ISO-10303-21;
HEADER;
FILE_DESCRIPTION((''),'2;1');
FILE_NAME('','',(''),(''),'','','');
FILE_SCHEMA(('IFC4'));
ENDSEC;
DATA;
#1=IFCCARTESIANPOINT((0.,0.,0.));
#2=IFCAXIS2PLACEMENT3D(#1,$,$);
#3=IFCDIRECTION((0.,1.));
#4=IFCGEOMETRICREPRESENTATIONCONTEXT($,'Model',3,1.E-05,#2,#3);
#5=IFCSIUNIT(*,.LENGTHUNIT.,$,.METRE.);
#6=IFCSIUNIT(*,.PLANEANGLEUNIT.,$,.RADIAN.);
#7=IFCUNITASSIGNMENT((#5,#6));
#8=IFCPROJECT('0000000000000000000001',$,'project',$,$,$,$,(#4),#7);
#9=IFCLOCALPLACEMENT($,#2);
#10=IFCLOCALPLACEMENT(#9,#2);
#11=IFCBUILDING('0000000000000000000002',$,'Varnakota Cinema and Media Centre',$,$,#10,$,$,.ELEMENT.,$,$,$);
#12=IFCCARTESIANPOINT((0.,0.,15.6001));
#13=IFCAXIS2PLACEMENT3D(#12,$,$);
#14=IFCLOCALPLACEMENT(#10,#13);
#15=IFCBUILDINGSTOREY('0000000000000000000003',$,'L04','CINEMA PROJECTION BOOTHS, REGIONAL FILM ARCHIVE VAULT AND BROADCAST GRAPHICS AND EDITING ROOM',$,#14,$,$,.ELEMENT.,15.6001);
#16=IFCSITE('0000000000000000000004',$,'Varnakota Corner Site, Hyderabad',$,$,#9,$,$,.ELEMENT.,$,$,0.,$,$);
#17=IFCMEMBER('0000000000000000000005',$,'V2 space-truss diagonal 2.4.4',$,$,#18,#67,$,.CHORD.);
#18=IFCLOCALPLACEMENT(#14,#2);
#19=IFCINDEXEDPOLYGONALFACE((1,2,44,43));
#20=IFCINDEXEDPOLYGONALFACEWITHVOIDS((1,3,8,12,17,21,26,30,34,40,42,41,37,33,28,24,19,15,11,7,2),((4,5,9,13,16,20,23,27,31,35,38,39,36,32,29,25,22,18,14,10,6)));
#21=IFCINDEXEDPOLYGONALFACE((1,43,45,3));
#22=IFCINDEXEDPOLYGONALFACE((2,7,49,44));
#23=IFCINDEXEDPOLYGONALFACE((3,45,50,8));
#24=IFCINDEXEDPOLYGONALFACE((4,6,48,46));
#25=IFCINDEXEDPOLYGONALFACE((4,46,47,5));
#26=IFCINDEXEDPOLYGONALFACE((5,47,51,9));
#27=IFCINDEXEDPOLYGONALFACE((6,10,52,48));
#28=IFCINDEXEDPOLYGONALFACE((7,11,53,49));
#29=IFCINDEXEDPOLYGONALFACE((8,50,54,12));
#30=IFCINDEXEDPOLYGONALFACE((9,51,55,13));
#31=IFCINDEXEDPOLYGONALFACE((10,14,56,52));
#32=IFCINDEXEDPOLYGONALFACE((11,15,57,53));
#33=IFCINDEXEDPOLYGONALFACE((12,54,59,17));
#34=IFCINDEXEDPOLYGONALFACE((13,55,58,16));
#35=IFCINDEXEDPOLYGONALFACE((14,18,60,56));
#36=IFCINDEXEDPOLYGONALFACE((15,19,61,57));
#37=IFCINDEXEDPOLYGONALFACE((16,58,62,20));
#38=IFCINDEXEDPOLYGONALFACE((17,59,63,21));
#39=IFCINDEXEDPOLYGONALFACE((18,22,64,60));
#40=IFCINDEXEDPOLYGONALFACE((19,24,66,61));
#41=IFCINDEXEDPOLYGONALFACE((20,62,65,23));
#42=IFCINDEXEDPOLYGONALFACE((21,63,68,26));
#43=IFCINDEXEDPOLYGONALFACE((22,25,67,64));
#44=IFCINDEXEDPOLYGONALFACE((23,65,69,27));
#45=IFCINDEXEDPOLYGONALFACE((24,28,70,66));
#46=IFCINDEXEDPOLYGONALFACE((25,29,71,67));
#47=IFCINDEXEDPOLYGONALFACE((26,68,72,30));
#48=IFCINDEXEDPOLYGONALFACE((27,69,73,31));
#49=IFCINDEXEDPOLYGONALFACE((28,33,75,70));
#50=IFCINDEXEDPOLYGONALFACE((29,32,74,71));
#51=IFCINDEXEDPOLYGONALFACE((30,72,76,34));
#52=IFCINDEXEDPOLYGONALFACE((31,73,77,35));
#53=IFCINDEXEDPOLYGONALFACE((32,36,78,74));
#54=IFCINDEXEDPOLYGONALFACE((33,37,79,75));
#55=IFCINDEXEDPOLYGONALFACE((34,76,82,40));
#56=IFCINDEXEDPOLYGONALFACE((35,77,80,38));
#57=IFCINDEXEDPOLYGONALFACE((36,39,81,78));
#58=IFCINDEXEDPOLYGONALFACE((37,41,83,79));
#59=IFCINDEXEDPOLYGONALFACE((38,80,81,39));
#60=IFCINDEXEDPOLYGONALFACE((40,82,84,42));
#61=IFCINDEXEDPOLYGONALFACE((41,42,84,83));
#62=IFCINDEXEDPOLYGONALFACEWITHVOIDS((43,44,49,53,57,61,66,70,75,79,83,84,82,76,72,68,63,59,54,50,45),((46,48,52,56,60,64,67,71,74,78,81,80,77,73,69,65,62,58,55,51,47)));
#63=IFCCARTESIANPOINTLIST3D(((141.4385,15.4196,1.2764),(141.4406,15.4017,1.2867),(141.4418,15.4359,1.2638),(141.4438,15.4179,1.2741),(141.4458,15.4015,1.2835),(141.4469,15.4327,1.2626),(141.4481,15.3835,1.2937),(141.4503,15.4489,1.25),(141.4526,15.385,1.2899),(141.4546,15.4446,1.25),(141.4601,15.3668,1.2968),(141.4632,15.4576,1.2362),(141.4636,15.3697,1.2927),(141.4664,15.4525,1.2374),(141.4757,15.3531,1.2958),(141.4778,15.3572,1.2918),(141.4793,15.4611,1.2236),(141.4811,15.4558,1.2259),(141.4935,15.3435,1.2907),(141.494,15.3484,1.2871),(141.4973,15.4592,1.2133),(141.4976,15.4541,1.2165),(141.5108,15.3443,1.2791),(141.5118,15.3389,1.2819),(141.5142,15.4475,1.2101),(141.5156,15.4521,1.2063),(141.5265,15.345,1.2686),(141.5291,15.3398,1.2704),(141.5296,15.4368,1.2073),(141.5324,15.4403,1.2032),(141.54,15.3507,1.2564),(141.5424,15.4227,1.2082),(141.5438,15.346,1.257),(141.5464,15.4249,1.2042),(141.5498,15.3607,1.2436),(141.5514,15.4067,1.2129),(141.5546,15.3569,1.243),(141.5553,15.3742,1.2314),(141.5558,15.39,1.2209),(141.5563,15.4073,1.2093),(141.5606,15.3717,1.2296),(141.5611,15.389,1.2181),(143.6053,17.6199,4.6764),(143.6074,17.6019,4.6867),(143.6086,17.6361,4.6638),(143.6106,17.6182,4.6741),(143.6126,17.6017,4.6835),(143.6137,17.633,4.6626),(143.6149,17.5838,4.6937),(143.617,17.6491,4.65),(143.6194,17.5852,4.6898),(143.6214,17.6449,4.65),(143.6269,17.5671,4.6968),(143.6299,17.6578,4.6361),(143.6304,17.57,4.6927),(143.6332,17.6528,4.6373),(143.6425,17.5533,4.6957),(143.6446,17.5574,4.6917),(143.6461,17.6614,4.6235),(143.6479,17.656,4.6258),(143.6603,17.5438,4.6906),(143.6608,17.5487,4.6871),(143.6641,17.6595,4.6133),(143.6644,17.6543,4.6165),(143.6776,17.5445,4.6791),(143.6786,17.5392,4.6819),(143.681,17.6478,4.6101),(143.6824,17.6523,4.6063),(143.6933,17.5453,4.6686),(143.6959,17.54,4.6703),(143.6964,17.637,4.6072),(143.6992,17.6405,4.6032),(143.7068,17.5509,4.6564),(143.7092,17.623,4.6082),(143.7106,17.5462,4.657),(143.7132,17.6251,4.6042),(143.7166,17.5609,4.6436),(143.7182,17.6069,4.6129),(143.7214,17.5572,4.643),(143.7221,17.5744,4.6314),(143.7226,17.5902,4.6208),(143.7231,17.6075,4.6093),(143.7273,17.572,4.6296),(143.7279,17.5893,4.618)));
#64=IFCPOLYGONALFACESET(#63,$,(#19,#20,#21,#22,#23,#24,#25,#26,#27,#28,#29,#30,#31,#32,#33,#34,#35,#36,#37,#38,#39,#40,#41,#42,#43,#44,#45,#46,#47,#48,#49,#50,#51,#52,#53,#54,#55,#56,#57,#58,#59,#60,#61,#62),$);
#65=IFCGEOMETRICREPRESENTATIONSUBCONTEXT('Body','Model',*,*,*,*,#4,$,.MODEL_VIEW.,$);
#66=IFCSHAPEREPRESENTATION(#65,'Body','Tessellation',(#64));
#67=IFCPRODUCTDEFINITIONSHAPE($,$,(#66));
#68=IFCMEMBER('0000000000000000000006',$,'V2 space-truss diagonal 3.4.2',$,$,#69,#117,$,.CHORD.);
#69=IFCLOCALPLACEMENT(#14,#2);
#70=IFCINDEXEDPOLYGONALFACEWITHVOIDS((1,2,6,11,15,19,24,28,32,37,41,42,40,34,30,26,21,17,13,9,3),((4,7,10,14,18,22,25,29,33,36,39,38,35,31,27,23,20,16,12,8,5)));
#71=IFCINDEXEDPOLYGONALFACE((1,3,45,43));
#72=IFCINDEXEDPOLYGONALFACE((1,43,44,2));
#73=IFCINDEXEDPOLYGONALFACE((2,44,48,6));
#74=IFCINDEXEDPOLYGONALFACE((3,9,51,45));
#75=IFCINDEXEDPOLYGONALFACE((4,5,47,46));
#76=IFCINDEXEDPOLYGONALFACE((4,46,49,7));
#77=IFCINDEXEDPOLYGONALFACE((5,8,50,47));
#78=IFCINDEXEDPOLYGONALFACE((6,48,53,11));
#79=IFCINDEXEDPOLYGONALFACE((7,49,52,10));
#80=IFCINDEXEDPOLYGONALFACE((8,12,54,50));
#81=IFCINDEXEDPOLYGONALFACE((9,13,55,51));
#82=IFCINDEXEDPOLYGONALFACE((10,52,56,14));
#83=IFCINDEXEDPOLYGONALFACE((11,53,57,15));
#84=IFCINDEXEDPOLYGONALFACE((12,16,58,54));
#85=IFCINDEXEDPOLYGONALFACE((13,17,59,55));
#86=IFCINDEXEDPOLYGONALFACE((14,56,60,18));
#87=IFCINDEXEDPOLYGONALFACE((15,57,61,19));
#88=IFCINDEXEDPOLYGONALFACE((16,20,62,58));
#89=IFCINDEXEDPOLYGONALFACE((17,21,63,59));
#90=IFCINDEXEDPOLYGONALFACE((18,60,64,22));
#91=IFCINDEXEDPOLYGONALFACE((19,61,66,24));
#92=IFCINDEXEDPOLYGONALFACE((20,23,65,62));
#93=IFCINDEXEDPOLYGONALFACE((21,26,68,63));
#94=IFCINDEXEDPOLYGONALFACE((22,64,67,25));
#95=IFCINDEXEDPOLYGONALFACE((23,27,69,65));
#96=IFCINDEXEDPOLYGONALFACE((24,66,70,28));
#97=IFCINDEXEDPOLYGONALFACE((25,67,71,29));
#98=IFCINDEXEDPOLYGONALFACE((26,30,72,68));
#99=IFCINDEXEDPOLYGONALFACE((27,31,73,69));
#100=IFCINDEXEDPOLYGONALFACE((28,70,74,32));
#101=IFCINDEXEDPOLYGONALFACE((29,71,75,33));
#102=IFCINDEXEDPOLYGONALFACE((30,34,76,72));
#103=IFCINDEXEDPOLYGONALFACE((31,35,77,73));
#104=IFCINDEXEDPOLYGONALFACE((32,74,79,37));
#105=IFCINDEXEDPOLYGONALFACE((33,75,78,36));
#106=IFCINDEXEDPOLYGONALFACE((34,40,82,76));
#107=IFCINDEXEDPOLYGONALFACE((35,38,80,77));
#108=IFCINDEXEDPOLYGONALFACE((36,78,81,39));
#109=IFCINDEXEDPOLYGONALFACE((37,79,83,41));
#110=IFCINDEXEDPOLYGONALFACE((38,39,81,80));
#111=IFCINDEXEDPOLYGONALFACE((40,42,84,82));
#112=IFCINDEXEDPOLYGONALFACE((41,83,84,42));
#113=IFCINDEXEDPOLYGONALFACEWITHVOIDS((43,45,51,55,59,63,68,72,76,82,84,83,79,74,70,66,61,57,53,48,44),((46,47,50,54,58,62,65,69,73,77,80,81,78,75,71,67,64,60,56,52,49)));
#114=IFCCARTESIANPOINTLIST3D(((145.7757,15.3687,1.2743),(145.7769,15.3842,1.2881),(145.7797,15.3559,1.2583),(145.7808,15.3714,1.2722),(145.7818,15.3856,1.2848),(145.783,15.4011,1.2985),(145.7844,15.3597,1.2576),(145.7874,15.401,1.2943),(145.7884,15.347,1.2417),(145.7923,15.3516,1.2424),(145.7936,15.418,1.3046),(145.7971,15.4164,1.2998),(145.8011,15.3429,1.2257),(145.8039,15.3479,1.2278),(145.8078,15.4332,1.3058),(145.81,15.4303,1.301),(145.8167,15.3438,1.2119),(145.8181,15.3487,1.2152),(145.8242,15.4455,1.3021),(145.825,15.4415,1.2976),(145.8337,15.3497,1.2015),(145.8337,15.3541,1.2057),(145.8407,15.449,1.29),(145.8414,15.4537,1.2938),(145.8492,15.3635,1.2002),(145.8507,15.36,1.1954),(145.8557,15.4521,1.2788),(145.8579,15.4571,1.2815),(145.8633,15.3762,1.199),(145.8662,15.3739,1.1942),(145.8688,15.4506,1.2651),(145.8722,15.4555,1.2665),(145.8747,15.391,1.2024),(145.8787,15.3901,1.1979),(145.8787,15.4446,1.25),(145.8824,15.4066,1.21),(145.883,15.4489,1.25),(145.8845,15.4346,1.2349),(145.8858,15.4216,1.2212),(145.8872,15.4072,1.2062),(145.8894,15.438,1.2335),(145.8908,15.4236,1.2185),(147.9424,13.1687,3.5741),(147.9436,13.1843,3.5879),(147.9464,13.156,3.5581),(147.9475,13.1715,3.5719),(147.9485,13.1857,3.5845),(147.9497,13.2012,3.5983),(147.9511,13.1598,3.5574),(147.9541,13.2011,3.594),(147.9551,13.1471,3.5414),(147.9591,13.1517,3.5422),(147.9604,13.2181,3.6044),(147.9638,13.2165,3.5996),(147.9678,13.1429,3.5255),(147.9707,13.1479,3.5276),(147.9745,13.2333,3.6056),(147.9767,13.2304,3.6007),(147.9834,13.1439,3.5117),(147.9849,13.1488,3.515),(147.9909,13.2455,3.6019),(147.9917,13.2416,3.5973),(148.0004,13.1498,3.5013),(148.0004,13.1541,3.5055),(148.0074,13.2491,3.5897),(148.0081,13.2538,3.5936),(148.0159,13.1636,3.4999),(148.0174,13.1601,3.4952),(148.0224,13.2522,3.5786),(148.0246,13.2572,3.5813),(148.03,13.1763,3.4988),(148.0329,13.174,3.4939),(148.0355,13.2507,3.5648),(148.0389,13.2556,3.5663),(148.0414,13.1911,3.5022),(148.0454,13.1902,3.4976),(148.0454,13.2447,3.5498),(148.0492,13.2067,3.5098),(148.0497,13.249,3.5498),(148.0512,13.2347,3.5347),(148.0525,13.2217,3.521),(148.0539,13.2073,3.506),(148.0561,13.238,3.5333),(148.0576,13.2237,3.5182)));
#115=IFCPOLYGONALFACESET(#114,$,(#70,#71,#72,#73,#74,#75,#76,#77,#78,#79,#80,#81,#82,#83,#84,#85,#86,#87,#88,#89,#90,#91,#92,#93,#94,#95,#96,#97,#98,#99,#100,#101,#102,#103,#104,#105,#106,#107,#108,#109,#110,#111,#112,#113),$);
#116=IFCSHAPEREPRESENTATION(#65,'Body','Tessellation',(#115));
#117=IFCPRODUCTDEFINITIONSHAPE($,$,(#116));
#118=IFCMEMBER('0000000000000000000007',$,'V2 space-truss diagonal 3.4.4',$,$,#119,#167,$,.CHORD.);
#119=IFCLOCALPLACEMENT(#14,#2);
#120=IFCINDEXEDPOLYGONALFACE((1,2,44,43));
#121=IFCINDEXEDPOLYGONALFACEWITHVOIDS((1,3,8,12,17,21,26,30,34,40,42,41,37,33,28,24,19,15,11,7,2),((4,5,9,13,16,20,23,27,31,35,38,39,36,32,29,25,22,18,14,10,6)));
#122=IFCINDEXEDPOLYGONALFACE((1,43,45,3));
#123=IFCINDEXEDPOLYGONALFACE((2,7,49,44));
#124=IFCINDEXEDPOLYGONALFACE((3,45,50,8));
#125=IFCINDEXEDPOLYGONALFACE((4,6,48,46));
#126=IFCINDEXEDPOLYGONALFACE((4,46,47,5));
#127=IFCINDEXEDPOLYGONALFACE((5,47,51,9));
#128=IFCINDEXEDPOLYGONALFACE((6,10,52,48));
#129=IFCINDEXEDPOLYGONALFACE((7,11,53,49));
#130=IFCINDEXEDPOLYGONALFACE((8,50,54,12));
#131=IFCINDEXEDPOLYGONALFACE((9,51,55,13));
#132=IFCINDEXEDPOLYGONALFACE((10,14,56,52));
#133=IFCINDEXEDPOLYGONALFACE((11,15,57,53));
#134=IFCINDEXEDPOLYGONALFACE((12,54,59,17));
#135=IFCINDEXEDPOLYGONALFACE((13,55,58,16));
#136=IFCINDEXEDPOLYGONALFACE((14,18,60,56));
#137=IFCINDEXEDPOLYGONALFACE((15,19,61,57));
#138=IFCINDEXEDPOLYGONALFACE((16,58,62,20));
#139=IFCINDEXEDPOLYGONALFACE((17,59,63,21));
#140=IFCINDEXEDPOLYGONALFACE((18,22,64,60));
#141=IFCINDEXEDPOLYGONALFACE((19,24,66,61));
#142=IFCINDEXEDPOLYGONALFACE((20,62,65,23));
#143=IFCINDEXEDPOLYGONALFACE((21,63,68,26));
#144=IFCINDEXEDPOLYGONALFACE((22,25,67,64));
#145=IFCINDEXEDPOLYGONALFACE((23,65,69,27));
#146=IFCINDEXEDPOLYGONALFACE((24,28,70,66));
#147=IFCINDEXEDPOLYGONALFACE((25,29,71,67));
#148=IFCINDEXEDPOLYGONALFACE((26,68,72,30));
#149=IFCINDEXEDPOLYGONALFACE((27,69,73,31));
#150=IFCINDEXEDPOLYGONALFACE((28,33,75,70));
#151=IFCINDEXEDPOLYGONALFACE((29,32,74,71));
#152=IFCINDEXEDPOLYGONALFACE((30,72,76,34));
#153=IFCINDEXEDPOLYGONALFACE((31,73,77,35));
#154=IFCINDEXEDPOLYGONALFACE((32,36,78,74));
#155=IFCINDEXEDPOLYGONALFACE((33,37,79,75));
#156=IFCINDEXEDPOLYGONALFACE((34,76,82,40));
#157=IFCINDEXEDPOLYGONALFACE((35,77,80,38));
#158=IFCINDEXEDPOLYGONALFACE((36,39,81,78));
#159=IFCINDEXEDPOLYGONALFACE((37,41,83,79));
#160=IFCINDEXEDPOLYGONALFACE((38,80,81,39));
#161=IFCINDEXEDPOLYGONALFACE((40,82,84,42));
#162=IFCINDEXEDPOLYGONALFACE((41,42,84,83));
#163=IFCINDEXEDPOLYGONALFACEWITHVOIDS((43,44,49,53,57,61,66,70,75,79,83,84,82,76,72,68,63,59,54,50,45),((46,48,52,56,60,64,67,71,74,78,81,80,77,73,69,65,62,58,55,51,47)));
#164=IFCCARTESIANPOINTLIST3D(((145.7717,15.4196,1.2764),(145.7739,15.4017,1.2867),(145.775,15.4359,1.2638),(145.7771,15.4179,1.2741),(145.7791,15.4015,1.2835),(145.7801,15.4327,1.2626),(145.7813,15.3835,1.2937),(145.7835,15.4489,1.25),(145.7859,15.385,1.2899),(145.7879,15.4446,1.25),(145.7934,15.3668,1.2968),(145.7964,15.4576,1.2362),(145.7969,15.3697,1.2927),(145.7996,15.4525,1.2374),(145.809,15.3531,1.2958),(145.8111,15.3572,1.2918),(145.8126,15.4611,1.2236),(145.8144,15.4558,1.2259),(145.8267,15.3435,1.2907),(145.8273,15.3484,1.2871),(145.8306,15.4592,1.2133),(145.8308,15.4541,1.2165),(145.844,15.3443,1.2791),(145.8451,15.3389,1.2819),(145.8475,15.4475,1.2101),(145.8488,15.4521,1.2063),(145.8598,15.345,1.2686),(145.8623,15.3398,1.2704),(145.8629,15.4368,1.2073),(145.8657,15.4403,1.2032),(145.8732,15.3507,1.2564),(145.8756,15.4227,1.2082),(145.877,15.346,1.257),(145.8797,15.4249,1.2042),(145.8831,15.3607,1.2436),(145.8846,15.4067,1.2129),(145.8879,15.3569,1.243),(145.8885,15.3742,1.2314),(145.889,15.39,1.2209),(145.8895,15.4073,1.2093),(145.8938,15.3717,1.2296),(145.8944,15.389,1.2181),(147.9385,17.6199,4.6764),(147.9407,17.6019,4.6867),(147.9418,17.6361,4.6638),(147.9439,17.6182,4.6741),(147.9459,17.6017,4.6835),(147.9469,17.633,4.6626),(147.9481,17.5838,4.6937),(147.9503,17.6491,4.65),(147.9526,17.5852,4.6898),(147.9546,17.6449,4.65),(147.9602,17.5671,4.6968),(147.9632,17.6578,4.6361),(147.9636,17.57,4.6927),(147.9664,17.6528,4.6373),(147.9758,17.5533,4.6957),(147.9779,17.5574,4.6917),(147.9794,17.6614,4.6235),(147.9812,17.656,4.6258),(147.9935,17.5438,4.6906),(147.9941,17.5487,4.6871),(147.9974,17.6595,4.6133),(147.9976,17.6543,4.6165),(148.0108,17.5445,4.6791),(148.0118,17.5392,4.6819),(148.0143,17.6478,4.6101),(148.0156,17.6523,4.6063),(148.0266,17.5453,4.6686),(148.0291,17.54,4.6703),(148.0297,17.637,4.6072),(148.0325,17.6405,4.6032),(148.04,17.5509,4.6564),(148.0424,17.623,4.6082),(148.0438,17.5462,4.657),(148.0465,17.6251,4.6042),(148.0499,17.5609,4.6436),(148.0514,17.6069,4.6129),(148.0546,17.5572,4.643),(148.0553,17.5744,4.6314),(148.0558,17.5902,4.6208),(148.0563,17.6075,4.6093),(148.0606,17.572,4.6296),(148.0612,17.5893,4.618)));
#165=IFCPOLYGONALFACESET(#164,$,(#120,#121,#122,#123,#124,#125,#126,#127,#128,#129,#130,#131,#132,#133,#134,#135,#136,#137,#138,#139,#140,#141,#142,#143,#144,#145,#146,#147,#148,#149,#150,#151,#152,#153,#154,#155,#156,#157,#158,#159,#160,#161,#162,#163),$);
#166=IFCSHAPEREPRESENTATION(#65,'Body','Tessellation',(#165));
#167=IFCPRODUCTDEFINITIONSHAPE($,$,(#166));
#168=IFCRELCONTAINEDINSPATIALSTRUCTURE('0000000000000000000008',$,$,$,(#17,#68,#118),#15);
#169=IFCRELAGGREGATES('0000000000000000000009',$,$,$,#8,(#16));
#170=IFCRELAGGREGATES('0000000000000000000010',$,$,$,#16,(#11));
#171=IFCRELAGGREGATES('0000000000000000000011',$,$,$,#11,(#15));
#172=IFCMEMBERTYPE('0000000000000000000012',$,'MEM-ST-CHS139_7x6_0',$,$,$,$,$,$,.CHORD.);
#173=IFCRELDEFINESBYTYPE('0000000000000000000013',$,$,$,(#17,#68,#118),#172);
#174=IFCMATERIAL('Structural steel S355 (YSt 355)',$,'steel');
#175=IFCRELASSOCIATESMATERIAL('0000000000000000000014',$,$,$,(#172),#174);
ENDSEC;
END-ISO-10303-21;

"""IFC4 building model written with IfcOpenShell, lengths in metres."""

from ifc_helpers import new_model, si_unit, direction, frame, origin, origin_2d, place, context, subcontext, project, spatial, hollow_circle, extrude, material, material_profile, profile_set, type_object, element, save


model = new_model("IFC4")

# Units and contexts
model_context = context("Model", 3, precision=1e-05, world=origin(), true_north=direction((0.0, 1.0)))
body_context = subcontext(model_context, "Body", "Model", "MODEL_VIEW")
ifc_project = project(units=[si_unit("LENGTHUNIT", "METRE"), si_unit("PLANEANGLEUNIT", "RADIAN")], contexts=[model_context])

# Site, building, storey
site_placement = place(None, origin())
site = spatial("IfcSite", under=ifc_project, at=site_placement, Name="Varnakota Corner Site, Hyderabad", CompositionType="ELEMENT", RefElevation=0.0)
building_placement = place(site_placement, origin())
building = spatial("IfcBuilding", under=site, at=building_placement, Name="Varnakota Cinema and Media Centre", CompositionType="ELEMENT")
storey_placement = place(building_placement, frame((0.0, 0.0, 15.6001)))
storey = spatial("IfcBuildingStorey", under=building, at=storey_placement, Name="L04", Description="CINEMA PROJECTION BOOTHS, REGIONAL FILM ARCHIVE VAULT AND BROADCAST GRAPHICS AND EDITING ROOM", CompositionType="ELEMENT", Elevation=15.6001)

# Members
ifc_material_1 = material(Name="Structural steel S355 (YSt 355)", Category="steel")
ifc_material_profile_1 = material_profile(ifc_material_1, hollow_circle(Radius=0.0698, WallThickness=0.0061, at=origin_2d()), Name="CHS 139.7x6.0")
ifc_profile_set_1 = profile_set([ifc_material_profile_1], Name="Structural steel S355 (YSt 355)")
member_type_1 = type_object("IfcMemberType", Name="MEM-ST-CHS139_7x6_0", PredefinedType="CHORD", material=ifc_profile_set_1)
member_1_placement = place(storey_placement, frame((141.5, 15.3999, 1.25), z_axis=(0.471757, 0.47904, 0.740247), x_axis=(-0.712502, 0.70167, 0.0)))
element("IfcMember", 1, at=member_1_placement, inside=storey, type_object=member_type_1, Name="V2 space-truss diagonal 2.4.4", PredefinedType="CHORD", context=body_context, shape_type="SweptSolid", body=[
    extrude(hollow_circle(Radius=0.0698, WallThickness=0.0061, at=origin_2d()), origin(), (0.0, 0.0, 1.0), 4.593),
])
member_2_placement = place(storey_placement, frame((145.8333, 15.3999, 1.25), z_axis=(0.562769, -0.571393, 0.597328), x_axis=(0.712463, 0.70171, 0.0)))
element("IfcMember", 2, at=member_2_placement, inside=storey, type_object=member_type_1, Name="V2 space-truss diagonal 3.4.2", PredefinedType="CHORD", context=body_context, shape_type="SweptSolid", body=[
    extrude(hollow_circle(Radius=0.0698, WallThickness=0.0061, at=origin_2d()), origin(), (0.0, 0.0, 1.0), 3.8501),
])
member_3_placement = place(storey_placement, frame((145.8333, 15.3999, 1.25), z_axis=(0.471757, 0.47904, 0.740247), x_axis=(-0.712502, 0.70167, 0.0)))
element("IfcMember", 3, at=member_3_placement, inside=storey, type_object=member_type_1, Name="V2 space-truss diagonal 3.4.4", PredefinedType="CHORD", context=body_context, shape_type="SweptSolid", body=[
    extrude(hollow_circle(Radius=0.0698, WallThickness=0.0061, at=origin_2d()), origin(), (0.0, 0.0, 1.0), 4.593),
])

save(model, "model.ifc")
